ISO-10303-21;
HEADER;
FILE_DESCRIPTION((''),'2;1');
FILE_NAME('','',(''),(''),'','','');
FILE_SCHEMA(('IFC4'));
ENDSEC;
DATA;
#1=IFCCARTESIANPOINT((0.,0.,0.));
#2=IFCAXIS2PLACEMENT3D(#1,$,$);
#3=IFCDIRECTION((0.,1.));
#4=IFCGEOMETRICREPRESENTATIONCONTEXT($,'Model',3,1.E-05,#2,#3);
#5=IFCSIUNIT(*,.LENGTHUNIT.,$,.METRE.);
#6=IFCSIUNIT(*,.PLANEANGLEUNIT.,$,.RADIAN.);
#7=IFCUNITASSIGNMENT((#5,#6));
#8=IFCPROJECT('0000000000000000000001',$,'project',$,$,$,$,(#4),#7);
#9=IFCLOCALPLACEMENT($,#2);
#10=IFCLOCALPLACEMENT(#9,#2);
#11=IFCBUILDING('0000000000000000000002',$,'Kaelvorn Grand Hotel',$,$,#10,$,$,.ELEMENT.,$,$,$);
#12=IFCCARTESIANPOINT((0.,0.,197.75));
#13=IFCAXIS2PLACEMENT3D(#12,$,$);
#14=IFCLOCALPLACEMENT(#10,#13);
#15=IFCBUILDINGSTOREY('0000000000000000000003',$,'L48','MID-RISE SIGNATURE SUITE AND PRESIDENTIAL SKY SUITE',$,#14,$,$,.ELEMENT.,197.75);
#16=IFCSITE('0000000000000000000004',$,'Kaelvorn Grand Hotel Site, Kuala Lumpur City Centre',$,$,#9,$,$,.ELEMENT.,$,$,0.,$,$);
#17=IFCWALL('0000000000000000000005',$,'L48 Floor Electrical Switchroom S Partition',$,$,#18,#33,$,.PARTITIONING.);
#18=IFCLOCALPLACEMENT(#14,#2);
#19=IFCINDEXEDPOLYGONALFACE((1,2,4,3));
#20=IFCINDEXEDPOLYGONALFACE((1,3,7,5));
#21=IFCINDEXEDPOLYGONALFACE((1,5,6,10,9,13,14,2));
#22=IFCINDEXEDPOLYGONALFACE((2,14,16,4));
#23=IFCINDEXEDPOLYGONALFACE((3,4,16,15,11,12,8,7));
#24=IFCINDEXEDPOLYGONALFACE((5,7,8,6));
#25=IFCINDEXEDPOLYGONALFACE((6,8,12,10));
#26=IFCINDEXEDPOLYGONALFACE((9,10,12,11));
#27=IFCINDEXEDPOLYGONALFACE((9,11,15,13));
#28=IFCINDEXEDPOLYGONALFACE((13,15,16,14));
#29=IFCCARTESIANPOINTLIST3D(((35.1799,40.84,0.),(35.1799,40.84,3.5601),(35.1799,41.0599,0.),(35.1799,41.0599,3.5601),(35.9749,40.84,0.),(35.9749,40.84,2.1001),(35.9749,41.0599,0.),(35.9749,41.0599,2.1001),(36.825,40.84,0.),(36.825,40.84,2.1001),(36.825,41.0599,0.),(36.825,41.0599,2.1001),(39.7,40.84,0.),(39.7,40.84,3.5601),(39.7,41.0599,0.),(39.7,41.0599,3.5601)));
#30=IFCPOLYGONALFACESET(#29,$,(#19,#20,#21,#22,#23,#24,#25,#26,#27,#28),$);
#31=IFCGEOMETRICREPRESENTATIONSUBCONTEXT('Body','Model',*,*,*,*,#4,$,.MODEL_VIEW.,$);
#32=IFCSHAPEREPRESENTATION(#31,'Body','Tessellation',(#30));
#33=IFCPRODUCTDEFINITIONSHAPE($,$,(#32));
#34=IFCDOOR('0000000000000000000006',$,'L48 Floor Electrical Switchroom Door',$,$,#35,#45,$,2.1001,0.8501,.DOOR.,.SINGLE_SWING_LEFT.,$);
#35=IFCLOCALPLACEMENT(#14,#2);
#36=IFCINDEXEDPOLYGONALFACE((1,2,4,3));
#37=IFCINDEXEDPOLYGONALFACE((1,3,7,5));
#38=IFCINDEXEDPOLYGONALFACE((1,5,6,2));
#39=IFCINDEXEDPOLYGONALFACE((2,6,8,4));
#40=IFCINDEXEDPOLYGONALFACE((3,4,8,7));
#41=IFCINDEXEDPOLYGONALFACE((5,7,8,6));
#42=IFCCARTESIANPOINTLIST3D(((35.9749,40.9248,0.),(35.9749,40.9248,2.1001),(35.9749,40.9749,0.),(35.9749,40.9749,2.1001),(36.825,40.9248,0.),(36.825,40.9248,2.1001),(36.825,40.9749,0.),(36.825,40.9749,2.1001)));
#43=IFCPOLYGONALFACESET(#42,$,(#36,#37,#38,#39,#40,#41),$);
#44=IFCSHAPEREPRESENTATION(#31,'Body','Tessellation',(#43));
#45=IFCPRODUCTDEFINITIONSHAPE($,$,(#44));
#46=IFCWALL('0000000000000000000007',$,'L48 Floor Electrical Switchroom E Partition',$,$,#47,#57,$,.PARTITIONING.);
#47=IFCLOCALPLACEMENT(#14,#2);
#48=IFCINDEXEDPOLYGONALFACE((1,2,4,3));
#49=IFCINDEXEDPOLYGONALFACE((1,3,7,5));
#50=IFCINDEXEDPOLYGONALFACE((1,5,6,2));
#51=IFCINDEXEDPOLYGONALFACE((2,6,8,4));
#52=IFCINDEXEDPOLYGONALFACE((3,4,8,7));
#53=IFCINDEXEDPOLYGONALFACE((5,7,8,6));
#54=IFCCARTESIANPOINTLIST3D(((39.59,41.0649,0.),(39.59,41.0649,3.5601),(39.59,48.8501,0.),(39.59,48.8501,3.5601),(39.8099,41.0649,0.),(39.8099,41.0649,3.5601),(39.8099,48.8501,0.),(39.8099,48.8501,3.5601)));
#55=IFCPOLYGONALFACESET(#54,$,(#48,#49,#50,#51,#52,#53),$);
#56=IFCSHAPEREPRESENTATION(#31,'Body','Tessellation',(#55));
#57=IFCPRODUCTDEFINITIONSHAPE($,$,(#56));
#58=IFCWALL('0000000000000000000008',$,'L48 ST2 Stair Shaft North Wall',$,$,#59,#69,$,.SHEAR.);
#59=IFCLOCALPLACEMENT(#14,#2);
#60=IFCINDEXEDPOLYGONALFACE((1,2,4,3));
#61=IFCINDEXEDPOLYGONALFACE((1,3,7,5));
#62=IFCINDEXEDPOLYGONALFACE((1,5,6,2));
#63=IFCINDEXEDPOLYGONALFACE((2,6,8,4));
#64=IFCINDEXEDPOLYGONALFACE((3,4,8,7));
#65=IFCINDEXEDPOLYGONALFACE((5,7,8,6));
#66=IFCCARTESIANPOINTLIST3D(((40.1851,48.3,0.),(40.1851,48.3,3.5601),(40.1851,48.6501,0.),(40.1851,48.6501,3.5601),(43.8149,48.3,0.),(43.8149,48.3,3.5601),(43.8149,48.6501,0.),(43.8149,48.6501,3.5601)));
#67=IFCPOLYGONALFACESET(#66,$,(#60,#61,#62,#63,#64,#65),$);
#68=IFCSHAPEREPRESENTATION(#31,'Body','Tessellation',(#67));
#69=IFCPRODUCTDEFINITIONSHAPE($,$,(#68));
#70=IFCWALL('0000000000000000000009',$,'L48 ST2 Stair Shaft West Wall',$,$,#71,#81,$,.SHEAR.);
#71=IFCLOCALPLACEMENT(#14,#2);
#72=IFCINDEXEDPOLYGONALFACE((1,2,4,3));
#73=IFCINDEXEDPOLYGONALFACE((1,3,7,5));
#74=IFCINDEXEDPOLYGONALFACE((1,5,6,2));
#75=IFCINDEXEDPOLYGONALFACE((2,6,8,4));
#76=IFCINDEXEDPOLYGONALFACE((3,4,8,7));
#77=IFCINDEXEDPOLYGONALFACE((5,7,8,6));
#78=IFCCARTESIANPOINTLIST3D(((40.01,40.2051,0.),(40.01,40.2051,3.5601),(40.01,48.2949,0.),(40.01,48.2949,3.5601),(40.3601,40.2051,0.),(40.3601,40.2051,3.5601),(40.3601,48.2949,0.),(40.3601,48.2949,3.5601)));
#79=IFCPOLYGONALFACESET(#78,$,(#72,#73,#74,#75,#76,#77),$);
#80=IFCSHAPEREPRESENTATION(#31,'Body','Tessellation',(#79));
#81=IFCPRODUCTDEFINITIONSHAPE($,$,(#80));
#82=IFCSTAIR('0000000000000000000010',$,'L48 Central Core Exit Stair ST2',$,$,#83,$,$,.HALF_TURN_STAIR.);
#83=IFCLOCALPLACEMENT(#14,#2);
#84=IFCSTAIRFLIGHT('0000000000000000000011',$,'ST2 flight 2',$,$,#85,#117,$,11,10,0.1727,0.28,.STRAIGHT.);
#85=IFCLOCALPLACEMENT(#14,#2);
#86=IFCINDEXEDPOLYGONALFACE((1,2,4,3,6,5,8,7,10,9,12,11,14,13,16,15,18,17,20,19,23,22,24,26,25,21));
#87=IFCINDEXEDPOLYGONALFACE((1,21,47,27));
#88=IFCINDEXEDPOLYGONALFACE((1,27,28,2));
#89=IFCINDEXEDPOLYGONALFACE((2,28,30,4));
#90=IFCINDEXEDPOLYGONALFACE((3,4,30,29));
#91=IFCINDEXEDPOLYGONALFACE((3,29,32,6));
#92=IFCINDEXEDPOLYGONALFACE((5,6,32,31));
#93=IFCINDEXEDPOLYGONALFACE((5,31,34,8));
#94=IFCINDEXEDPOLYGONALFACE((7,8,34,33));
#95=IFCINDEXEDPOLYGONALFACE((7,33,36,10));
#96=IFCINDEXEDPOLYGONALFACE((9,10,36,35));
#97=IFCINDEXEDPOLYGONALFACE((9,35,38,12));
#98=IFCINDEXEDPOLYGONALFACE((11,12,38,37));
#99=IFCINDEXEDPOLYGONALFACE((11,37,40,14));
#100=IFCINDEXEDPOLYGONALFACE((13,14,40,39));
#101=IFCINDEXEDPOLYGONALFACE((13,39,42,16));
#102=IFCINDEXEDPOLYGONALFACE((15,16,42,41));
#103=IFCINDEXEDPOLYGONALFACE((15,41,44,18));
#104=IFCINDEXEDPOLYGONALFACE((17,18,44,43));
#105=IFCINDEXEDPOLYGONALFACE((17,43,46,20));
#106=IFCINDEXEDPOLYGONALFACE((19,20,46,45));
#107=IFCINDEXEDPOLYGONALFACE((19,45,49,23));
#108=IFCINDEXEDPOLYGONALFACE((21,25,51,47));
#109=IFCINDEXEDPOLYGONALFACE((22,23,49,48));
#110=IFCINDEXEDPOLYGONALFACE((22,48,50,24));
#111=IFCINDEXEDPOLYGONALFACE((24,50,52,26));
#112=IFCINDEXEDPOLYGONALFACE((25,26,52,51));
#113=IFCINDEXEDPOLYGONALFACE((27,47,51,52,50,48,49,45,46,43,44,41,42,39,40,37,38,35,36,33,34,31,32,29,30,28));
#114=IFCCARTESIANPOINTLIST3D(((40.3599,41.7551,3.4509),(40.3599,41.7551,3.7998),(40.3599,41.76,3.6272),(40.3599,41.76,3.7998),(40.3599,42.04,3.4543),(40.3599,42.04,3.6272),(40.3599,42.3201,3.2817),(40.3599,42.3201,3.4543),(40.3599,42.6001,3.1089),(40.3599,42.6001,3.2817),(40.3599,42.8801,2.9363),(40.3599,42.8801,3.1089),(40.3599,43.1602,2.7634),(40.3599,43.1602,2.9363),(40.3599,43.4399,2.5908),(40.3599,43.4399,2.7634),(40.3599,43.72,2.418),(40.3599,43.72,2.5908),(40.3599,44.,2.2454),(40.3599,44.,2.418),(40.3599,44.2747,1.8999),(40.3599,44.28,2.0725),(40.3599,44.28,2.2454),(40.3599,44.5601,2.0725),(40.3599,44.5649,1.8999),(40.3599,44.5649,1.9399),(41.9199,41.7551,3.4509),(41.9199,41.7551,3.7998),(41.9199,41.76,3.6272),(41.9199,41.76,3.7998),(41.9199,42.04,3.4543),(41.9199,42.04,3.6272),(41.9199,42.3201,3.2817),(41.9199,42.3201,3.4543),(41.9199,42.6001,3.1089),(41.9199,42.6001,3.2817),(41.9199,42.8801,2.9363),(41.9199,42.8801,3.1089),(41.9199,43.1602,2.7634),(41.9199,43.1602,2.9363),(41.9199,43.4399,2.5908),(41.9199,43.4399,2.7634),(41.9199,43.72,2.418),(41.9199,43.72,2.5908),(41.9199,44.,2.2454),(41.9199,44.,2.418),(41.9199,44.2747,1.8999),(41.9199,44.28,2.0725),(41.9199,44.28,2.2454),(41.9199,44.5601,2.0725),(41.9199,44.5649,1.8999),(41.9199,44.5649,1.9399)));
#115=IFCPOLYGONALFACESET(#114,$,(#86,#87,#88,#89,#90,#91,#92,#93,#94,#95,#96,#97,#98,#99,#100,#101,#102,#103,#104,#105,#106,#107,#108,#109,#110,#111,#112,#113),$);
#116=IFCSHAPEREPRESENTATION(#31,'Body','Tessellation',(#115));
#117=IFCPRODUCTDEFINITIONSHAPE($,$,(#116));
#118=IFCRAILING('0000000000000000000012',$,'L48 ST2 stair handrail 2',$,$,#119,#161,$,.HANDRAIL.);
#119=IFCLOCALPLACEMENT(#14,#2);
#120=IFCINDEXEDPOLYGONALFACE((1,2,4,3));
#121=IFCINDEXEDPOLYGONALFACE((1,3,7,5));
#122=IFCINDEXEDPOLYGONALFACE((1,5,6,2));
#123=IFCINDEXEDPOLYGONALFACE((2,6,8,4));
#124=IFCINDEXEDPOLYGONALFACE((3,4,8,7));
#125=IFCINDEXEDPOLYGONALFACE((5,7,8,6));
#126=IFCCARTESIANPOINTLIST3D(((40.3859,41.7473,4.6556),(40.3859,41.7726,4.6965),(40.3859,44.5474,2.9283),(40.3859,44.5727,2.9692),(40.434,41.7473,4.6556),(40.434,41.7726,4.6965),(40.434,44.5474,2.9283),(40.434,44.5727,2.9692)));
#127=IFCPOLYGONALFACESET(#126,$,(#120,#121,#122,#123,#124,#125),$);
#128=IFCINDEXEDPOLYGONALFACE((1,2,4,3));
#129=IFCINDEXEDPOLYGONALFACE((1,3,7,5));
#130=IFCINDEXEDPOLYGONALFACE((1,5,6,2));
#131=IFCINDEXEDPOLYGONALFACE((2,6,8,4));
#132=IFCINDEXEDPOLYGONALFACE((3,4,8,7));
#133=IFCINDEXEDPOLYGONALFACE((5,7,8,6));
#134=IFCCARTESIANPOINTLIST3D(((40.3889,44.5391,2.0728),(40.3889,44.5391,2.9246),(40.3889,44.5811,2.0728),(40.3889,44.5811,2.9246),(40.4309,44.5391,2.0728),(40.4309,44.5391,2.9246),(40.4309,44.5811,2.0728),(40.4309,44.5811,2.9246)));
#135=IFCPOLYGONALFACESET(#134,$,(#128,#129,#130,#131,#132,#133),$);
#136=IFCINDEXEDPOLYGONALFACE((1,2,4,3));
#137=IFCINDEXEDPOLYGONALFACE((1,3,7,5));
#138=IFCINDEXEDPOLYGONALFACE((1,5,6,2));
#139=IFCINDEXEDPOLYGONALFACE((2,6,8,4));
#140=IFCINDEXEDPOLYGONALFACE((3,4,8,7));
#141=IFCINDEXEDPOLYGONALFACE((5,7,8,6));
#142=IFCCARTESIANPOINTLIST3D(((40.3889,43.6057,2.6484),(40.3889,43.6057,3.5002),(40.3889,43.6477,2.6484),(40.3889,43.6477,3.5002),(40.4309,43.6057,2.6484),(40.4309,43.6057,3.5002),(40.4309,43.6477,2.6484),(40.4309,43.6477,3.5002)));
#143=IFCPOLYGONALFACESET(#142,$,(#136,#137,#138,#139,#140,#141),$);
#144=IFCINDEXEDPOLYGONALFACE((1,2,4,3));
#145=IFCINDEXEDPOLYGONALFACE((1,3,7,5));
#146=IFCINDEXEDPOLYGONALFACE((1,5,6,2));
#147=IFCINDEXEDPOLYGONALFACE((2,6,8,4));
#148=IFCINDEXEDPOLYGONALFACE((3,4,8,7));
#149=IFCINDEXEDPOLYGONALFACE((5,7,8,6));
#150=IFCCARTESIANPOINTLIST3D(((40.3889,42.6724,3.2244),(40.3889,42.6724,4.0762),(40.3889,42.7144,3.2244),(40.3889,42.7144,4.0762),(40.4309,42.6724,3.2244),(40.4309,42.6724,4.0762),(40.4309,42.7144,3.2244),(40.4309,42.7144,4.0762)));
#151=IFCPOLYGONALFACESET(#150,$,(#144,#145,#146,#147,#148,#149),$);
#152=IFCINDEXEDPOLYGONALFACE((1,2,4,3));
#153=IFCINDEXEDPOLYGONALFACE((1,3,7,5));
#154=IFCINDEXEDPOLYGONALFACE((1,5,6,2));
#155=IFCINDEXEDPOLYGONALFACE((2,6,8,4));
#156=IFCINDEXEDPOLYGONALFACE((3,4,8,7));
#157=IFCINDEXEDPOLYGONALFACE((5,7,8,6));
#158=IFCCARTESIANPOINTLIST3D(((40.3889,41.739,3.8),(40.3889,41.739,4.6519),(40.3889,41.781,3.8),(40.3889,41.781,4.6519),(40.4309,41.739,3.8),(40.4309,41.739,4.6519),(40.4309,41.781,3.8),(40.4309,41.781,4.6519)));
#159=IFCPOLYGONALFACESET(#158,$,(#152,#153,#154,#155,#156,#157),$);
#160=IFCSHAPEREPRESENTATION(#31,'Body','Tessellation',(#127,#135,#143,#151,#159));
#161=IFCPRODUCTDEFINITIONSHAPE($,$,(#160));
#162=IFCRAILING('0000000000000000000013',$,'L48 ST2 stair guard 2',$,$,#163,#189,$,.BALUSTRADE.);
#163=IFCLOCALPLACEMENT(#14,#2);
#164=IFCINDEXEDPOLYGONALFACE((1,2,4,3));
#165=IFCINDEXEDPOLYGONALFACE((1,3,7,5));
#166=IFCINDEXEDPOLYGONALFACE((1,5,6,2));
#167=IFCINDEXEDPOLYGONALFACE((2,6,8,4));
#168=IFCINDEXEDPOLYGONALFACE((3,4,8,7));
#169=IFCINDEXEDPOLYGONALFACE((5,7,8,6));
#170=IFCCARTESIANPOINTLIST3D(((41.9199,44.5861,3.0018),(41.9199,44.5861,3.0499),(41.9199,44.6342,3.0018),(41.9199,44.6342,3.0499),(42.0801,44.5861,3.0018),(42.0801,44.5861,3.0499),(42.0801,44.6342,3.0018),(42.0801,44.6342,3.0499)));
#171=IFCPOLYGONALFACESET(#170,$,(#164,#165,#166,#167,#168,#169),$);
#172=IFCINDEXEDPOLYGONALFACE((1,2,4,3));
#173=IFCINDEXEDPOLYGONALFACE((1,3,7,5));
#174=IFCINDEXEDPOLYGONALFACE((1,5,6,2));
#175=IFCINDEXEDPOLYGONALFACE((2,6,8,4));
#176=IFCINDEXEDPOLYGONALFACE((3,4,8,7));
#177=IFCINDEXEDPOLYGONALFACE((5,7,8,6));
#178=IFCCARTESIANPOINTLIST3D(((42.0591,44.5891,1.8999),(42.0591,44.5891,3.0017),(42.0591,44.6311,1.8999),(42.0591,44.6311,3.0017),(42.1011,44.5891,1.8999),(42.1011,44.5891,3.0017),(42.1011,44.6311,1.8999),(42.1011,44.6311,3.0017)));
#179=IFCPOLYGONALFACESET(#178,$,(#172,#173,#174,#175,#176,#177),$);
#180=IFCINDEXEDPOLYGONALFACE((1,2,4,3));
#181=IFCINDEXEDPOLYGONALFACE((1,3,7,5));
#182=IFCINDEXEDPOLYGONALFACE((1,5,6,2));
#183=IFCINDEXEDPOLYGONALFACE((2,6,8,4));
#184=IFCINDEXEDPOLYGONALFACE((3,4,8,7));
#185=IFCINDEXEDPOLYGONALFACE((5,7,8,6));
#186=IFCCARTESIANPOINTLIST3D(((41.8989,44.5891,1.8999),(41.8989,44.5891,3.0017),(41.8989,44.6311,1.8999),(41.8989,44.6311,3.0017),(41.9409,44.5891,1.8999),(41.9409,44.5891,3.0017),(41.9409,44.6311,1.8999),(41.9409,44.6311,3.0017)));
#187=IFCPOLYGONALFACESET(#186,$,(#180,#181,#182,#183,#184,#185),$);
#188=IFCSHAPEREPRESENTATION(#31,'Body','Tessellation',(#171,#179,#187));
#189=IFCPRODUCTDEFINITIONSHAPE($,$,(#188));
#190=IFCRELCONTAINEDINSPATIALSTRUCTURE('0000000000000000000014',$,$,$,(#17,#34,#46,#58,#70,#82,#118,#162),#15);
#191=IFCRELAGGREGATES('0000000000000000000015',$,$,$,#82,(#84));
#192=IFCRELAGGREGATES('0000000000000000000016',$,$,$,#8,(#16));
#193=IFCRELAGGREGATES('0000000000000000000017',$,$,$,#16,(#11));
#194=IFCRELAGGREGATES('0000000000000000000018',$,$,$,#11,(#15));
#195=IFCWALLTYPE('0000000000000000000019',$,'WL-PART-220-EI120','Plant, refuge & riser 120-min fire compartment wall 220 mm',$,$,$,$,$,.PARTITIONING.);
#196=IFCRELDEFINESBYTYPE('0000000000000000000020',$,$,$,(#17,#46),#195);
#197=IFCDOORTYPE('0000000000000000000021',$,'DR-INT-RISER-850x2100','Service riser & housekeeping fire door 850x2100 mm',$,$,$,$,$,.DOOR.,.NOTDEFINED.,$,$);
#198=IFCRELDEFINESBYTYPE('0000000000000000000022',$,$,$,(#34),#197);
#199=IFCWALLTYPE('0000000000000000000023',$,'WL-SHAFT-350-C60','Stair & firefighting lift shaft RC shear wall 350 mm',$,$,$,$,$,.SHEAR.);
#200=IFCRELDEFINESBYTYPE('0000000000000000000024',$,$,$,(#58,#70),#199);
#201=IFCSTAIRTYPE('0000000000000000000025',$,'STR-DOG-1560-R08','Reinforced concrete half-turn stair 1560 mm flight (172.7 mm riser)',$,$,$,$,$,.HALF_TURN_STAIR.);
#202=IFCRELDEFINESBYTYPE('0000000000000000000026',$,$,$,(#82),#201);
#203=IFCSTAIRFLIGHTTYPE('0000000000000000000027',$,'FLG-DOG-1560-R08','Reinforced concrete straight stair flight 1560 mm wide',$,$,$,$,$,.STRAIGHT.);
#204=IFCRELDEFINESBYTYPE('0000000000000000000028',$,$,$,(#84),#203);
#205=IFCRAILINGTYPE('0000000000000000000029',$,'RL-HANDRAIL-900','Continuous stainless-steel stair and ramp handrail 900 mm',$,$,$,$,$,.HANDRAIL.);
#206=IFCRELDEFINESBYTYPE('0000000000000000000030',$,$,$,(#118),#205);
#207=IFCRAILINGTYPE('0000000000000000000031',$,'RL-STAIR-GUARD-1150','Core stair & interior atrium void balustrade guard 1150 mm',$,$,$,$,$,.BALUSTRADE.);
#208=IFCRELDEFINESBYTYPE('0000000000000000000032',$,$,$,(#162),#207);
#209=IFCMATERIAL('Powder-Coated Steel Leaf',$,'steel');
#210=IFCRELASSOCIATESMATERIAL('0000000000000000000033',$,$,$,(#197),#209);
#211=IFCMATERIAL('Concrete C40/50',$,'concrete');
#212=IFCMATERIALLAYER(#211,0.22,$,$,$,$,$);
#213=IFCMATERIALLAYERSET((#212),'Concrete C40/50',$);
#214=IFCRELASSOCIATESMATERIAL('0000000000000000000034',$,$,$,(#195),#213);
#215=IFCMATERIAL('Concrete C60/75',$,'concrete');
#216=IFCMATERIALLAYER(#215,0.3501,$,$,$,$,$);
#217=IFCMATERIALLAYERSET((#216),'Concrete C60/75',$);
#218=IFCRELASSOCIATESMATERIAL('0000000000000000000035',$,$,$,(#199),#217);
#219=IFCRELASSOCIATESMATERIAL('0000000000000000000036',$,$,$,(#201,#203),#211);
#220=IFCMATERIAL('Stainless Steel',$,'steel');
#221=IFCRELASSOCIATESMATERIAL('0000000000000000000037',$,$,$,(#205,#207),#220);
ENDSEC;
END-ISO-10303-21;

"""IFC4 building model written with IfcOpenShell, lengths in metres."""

from ifc_helpers import new_model, si_unit, direction, frame, frame_2d, origin, origin_2d, place, context, subcontext, project, spatial, polyline, rectangle, outline, extrude, material, layer, layer_set, type_object, element, fill, aggregate, save


model = new_model("IFC4")

# Units and contexts
model_context = context("Model", 3, precision=1e-05, world=origin(), true_north=direction((0.0, 1.0)))
body_context = subcontext(model_context, "Body", "Model", "MODEL_VIEW")
ifc_project = project(units=[si_unit("LENGTHUNIT", "METRE"), si_unit("PLANEANGLEUNIT", "RADIAN")], contexts=[model_context])

# Site, building, storey
site_placement = place(None, origin())
site = spatial("IfcSite", under=ifc_project, at=site_placement, Name="Kaelvorn Grand Hotel Site, Kuala Lumpur City Centre", CompositionType="ELEMENT", RefElevation=0.0)
building_placement = place(site_placement, origin())
building = spatial("IfcBuilding", under=site, at=building_placement, Name="Kaelvorn Grand Hotel", CompositionType="ELEMENT")
storey_placement = place(building_placement, frame((0.0, 0.0, 197.75)))
storey = spatial("IfcBuildingStorey", under=building, at=storey_placement, Name="L48", Description="MID-RISE SIGNATURE SUITE AND PRESIDENTIAL SKY SUITE", CompositionType="ELEMENT", Elevation=197.75)

# Shared definitions
ifc_material_1 = material(Name="Concrete C60/75", Category="concrete")

# Shared definitions
ifc_material_2 = material(Name="Powder-Coated Steel Leaf", Category="steel")
door_type_1 = type_object("IfcDoorType", Name="DR-INT-RISER-850x2100", Description="Service riser & housekeeping fire door 850x2100 mm", OperationType="NOTDEFINED", PredefinedType="DOOR", material=ifc_material_2)

# Shared definitions
ifc_material_3 = material(Name="Concrete C40/50", Category="concrete")
ifc_layer_1 = layer(ifc_material_3, 0.22)
ifc_layer_set_1 = layer_set([ifc_layer_1], Name="Concrete C40/50")
wall_type_1 = type_object("IfcWallType", Name="WL-PART-220-EI120", Description="Plant, refuge & riser 120-min fire compartment wall 220 mm", PredefinedType="PARTITIONING", material=ifc_layer_set_1)

# Wall, opening, door
wall_1_placement = place(storey_placement, frame((35.1799, 40.95, 0.0), z_axis=(0.0, 0.0, 1.0), x_axis=(1.0, 0.0, 0.0)))
wall_1 = element("IfcWall", 1, at=wall_1_placement, inside=storey, type_object=wall_type_1, Name="L48 Floor Electrical Switchroom S Partition", PredefinedType="PARTITIONING", context=body_context, shape_type="SweptSolid", body=[
    extrude(rectangle(XDim=4.52, YDim=0.22, at=frame_2d((2.26, 0.0))), origin(), (0.0, 0.0, 1.0), 3.5601),
])
opening_1_placement = place(wall_1_placement, frame((0.7949, 0.0, 0.0)))
opening_1 = element("IfcOpeningElement", 2, at=opening_1_placement, cuts=wall_1, PredefinedType="OPENING", context=body_context, shape_type="SweptSolid", body=[
    extrude(rectangle(XDim=0.8501, YDim=2.1001, at=frame_2d((0.425, 1.05))), frame((0.0, 0.1201, 0.0), z_axis=(0.0, -1.0, 0.0), x_axis=(1.0, 0.0, 0.0)), (0.0, 0.0, 1.0), 0.24),
])
door_1_placement = place(opening_1_placement, origin())
door_1 = element("IfcDoor", 3, at=door_1_placement, inside=storey, type_object=door_type_1, Name="L48 Floor Electrical Switchroom Door", OperationType="SINGLE_SWING_LEFT", OverallHeight=2.1001, OverallWidth=0.8501, PredefinedType="DOOR", context=body_context, shape_type="SweptSolid", body=[
    extrude(rectangle(XDim=0.8501, YDim=2.1001, at=frame_2d((0.425, 1.05))), frame((0.0, 0.0249, 0.0), z_axis=(0.0, -1.0, 0.0), x_axis=(1.0, 0.0, 0.0)), (0.0, 0.0, 1.0), 0.05),
])
fill(opening_1, door_1)

# Wall
wall_2_placement = place(storey_placement, frame((39.7, 41.0649, 0.0), z_axis=(0.0, 0.0, 1.0), x_axis=(0.0, 1.0, 0.0)))
element("IfcWall", 4, at=wall_2_placement, inside=storey, type_object=wall_type_1, Name="L48 Floor Electrical Switchroom E Partition", PredefinedType="PARTITIONING", context=body_context, shape_type="SweptSolid", body=[
    extrude(rectangle(XDim=7.7852, YDim=0.22, at=frame_2d((3.8926, 0.0))), origin(), (0.0, 0.0, 1.0), 3.5601),
])

# Shared definitions
ifc_layer_2 = layer(ifc_material_1, 0.3501)
ifc_layer_set_2 = layer_set([ifc_layer_2], Name="Concrete C60/75")
wall_type_2 = type_object("IfcWallType", Name="WL-SHAFT-350-C60", Description="Stair & firefighting lift shaft RC shear wall 350 mm", PredefinedType="SHEAR", material=ifc_layer_set_2)

# Walls
wall_3_placement = place(storey_placement, frame((40.1851, 48.4751, 0.0), z_axis=(0.0, 0.0, 1.0), x_axis=(1.0, 0.0, 0.0)))
element("IfcWall", 5, at=wall_3_placement, inside=storey, type_object=wall_type_2, Name="L48 ST2 Stair Shaft North Wall", PredefinedType="SHEAR", context=body_context, shape_type="SweptSolid", body=[
    extrude(rectangle(XDim=3.6299, YDim=0.3501, at=frame_2d((1.8149, 0.0))), origin(), (0.0, 0.0, 1.0), 3.5601),
])
wall_4_placement = place(storey_placement, frame((40.1851, 40.2051, 0.0), z_axis=(0.0, 0.0, 1.0), x_axis=(0.0, 1.0, 0.0)))
element("IfcWall", 6, at=wall_4_placement, inside=storey, type_object=wall_type_2, Name="L48 ST2 Stair Shaft West Wall", PredefinedType="SHEAR", context=body_context, shape_type="SweptSolid", body=[
    extrude(rectangle(XDim=8.0898, YDim=0.3501, at=frame_2d((4.0449, 0.0))), origin(), (0.0, 0.0, 1.0), 3.5601),
])

# Stair, stair flight
stair_type = type_object("IfcStairType", Name="STR-DOG-1560-R08", Description="Reinforced concrete half-turn stair 1560 mm flight (172.7 mm riser)", PredefinedType="HALF_TURN_STAIR", material=ifc_material_3)
stair_placement = place(storey_placement, origin())
stair = element("IfcStair", 7, at=stair_placement, inside=storey, type_object=stair_type, Name="L48 Central Core Exit Stair ST2", PredefinedType="HALF_TURN_STAIR")
stair_flight_type = type_object("IfcStairFlightType", Name="FLG-DOG-1560-R08", Description="Reinforced concrete straight stair flight 1560 mm wide", PredefinedType="STRAIGHT", material=ifc_material_3)
stair_flight_placement = place(storey_placement, frame((41.1399, 44.5601, 1.8999), z_axis=(0.0, 0.0, 1.0), x_axis=(0.0, -1.0, 0.0)))
stair_flight = element("IfcStairFlight", 8, at=stair_flight_placement, type_object=stair_flight_type, Name="ST2 flight 2", NumberOfRisers=11, NumberOfTreads=10, PredefinedType="STRAIGHT", RiserHeight=0.1727, TreadLength=0.28, context=body_context, shape_type="SweptSolid", body=[
    extrude(outline(polyline([(-0.0049, 0.0), (-0.0049, 0.04), (0.0, 0.1726), (0.28, 0.1726), (0.28, 0.3455), (0.5601, 0.3455), (0.5601, 0.5181), (0.8401, 0.5181), (0.8401, 0.6909), (1.1201, 0.6909), (1.1201, 0.8635), (1.3999, 0.8635), (1.3999, 1.0364), (1.6799, 1.0364), (1.6799, 1.209), (1.96, 1.209), (1.96, 1.3818), (2.24, 1.3818), (2.24, 1.5544), (2.52, 1.5544), (2.52, 1.7273), (2.8, 1.7273), (2.8, 1.8999), (2.8049, 1.8999), (2.8049, 1.551), (0.2854, 0.0), (-0.0049, 0.0)])), frame((0.0, 0.78, 0.0), z_axis=(0.0, -1.0, 0.0), x_axis=(1.0, 0.0, 0.0)), (0.0, 0.0, 1.0), 1.5601),
])
aggregate(stair, [stair_flight])

# Railings
ifc_material_4 = material(Name="Stainless Steel", Category="steel")
railing_type_1 = type_object("IfcRailingType", Name="RL-HANDRAIL-900", Description="Continuous stainless-steel stair and ramp handrail 900 mm", PredefinedType="HANDRAIL", material=ifc_material_4)
railing_1_placement = place(storey_placement, frame((40.4099, 44.5601, 2.0728)))
element("IfcRailing", 9, at=railing_1_placement, inside=storey, type_object=railing_type_1, Name="L48 ST2 stair handrail 2", PredefinedType="HANDRAIL", context=body_context, shape_type="SweptSolid", body=[
    extrude(rectangle(XDim=0.0481, YDim=0.0481, at=origin_2d()), frame((0.0, 0.0, 0.876), z_axis=(0.0, -0.85109, 0.52502), x_axis=(1.0, 0.0, 0.0)), (0.0, 0.0, 1.0), 3.29),
    extrude(rectangle(XDim=0.042, YDim=0.042, at=origin_2d()), origin(), (0.0, 0.0, 1.0), 0.8518),
    extrude(rectangle(XDim=0.042, YDim=0.042, at=origin_2d()), frame((0.0, -0.9333, 0.5757)), (0.0, 0.0, 1.0), 0.8518),
    extrude(rectangle(XDim=0.042, YDim=0.042, at=origin_2d()), frame((0.0, -1.8667, 1.1516)), (0.0, 0.0, 1.0), 0.8518),
    extrude(rectangle(XDim=0.042, YDim=0.042, at=origin_2d()), frame((0.0, -2.8, 1.7273)), (0.0, 0.0, 1.0), 0.8518),
])
railing_type_2 = type_object("IfcRailingType", Name="RL-STAIR-GUARD-1150", Description="Core stair & interior atrium void balustrade guard 1150 mm", PredefinedType="BALUSTRADE", material=ifc_material_4)
railing_2_placement = place(storey_placement, frame((42.0801, 44.6101, 1.8999)))
element("IfcRailing", 10, at=railing_2_placement, inside=storey, type_object=railing_type_2, Name="L48 ST2 stair guard 2", PredefinedType="BALUSTRADE", context=body_context, shape_type="SweptSolid", body=[
    extrude(rectangle(XDim=0.0481, YDim=0.0481, at=origin_2d()), frame((0.0, 0.0, 1.126), z_axis=(-1.0, 0.0, 0.0), x_axis=(0.0, -1.0, 0.0)), (0.0, 0.0, 1.0), 0.1602),
    extrude(rectangle(XDim=0.042, YDim=0.042, at=origin_2d()), origin(), (0.0, 0.0, 1.0), 1.1018),
    extrude(rectangle(XDim=0.042, YDim=0.042, at=origin_2d()), frame((-0.1602, 0.0, 0.0)), (0.0, 0.0, 1.0), 1.1018),
])

save(model, "model.ifc")
